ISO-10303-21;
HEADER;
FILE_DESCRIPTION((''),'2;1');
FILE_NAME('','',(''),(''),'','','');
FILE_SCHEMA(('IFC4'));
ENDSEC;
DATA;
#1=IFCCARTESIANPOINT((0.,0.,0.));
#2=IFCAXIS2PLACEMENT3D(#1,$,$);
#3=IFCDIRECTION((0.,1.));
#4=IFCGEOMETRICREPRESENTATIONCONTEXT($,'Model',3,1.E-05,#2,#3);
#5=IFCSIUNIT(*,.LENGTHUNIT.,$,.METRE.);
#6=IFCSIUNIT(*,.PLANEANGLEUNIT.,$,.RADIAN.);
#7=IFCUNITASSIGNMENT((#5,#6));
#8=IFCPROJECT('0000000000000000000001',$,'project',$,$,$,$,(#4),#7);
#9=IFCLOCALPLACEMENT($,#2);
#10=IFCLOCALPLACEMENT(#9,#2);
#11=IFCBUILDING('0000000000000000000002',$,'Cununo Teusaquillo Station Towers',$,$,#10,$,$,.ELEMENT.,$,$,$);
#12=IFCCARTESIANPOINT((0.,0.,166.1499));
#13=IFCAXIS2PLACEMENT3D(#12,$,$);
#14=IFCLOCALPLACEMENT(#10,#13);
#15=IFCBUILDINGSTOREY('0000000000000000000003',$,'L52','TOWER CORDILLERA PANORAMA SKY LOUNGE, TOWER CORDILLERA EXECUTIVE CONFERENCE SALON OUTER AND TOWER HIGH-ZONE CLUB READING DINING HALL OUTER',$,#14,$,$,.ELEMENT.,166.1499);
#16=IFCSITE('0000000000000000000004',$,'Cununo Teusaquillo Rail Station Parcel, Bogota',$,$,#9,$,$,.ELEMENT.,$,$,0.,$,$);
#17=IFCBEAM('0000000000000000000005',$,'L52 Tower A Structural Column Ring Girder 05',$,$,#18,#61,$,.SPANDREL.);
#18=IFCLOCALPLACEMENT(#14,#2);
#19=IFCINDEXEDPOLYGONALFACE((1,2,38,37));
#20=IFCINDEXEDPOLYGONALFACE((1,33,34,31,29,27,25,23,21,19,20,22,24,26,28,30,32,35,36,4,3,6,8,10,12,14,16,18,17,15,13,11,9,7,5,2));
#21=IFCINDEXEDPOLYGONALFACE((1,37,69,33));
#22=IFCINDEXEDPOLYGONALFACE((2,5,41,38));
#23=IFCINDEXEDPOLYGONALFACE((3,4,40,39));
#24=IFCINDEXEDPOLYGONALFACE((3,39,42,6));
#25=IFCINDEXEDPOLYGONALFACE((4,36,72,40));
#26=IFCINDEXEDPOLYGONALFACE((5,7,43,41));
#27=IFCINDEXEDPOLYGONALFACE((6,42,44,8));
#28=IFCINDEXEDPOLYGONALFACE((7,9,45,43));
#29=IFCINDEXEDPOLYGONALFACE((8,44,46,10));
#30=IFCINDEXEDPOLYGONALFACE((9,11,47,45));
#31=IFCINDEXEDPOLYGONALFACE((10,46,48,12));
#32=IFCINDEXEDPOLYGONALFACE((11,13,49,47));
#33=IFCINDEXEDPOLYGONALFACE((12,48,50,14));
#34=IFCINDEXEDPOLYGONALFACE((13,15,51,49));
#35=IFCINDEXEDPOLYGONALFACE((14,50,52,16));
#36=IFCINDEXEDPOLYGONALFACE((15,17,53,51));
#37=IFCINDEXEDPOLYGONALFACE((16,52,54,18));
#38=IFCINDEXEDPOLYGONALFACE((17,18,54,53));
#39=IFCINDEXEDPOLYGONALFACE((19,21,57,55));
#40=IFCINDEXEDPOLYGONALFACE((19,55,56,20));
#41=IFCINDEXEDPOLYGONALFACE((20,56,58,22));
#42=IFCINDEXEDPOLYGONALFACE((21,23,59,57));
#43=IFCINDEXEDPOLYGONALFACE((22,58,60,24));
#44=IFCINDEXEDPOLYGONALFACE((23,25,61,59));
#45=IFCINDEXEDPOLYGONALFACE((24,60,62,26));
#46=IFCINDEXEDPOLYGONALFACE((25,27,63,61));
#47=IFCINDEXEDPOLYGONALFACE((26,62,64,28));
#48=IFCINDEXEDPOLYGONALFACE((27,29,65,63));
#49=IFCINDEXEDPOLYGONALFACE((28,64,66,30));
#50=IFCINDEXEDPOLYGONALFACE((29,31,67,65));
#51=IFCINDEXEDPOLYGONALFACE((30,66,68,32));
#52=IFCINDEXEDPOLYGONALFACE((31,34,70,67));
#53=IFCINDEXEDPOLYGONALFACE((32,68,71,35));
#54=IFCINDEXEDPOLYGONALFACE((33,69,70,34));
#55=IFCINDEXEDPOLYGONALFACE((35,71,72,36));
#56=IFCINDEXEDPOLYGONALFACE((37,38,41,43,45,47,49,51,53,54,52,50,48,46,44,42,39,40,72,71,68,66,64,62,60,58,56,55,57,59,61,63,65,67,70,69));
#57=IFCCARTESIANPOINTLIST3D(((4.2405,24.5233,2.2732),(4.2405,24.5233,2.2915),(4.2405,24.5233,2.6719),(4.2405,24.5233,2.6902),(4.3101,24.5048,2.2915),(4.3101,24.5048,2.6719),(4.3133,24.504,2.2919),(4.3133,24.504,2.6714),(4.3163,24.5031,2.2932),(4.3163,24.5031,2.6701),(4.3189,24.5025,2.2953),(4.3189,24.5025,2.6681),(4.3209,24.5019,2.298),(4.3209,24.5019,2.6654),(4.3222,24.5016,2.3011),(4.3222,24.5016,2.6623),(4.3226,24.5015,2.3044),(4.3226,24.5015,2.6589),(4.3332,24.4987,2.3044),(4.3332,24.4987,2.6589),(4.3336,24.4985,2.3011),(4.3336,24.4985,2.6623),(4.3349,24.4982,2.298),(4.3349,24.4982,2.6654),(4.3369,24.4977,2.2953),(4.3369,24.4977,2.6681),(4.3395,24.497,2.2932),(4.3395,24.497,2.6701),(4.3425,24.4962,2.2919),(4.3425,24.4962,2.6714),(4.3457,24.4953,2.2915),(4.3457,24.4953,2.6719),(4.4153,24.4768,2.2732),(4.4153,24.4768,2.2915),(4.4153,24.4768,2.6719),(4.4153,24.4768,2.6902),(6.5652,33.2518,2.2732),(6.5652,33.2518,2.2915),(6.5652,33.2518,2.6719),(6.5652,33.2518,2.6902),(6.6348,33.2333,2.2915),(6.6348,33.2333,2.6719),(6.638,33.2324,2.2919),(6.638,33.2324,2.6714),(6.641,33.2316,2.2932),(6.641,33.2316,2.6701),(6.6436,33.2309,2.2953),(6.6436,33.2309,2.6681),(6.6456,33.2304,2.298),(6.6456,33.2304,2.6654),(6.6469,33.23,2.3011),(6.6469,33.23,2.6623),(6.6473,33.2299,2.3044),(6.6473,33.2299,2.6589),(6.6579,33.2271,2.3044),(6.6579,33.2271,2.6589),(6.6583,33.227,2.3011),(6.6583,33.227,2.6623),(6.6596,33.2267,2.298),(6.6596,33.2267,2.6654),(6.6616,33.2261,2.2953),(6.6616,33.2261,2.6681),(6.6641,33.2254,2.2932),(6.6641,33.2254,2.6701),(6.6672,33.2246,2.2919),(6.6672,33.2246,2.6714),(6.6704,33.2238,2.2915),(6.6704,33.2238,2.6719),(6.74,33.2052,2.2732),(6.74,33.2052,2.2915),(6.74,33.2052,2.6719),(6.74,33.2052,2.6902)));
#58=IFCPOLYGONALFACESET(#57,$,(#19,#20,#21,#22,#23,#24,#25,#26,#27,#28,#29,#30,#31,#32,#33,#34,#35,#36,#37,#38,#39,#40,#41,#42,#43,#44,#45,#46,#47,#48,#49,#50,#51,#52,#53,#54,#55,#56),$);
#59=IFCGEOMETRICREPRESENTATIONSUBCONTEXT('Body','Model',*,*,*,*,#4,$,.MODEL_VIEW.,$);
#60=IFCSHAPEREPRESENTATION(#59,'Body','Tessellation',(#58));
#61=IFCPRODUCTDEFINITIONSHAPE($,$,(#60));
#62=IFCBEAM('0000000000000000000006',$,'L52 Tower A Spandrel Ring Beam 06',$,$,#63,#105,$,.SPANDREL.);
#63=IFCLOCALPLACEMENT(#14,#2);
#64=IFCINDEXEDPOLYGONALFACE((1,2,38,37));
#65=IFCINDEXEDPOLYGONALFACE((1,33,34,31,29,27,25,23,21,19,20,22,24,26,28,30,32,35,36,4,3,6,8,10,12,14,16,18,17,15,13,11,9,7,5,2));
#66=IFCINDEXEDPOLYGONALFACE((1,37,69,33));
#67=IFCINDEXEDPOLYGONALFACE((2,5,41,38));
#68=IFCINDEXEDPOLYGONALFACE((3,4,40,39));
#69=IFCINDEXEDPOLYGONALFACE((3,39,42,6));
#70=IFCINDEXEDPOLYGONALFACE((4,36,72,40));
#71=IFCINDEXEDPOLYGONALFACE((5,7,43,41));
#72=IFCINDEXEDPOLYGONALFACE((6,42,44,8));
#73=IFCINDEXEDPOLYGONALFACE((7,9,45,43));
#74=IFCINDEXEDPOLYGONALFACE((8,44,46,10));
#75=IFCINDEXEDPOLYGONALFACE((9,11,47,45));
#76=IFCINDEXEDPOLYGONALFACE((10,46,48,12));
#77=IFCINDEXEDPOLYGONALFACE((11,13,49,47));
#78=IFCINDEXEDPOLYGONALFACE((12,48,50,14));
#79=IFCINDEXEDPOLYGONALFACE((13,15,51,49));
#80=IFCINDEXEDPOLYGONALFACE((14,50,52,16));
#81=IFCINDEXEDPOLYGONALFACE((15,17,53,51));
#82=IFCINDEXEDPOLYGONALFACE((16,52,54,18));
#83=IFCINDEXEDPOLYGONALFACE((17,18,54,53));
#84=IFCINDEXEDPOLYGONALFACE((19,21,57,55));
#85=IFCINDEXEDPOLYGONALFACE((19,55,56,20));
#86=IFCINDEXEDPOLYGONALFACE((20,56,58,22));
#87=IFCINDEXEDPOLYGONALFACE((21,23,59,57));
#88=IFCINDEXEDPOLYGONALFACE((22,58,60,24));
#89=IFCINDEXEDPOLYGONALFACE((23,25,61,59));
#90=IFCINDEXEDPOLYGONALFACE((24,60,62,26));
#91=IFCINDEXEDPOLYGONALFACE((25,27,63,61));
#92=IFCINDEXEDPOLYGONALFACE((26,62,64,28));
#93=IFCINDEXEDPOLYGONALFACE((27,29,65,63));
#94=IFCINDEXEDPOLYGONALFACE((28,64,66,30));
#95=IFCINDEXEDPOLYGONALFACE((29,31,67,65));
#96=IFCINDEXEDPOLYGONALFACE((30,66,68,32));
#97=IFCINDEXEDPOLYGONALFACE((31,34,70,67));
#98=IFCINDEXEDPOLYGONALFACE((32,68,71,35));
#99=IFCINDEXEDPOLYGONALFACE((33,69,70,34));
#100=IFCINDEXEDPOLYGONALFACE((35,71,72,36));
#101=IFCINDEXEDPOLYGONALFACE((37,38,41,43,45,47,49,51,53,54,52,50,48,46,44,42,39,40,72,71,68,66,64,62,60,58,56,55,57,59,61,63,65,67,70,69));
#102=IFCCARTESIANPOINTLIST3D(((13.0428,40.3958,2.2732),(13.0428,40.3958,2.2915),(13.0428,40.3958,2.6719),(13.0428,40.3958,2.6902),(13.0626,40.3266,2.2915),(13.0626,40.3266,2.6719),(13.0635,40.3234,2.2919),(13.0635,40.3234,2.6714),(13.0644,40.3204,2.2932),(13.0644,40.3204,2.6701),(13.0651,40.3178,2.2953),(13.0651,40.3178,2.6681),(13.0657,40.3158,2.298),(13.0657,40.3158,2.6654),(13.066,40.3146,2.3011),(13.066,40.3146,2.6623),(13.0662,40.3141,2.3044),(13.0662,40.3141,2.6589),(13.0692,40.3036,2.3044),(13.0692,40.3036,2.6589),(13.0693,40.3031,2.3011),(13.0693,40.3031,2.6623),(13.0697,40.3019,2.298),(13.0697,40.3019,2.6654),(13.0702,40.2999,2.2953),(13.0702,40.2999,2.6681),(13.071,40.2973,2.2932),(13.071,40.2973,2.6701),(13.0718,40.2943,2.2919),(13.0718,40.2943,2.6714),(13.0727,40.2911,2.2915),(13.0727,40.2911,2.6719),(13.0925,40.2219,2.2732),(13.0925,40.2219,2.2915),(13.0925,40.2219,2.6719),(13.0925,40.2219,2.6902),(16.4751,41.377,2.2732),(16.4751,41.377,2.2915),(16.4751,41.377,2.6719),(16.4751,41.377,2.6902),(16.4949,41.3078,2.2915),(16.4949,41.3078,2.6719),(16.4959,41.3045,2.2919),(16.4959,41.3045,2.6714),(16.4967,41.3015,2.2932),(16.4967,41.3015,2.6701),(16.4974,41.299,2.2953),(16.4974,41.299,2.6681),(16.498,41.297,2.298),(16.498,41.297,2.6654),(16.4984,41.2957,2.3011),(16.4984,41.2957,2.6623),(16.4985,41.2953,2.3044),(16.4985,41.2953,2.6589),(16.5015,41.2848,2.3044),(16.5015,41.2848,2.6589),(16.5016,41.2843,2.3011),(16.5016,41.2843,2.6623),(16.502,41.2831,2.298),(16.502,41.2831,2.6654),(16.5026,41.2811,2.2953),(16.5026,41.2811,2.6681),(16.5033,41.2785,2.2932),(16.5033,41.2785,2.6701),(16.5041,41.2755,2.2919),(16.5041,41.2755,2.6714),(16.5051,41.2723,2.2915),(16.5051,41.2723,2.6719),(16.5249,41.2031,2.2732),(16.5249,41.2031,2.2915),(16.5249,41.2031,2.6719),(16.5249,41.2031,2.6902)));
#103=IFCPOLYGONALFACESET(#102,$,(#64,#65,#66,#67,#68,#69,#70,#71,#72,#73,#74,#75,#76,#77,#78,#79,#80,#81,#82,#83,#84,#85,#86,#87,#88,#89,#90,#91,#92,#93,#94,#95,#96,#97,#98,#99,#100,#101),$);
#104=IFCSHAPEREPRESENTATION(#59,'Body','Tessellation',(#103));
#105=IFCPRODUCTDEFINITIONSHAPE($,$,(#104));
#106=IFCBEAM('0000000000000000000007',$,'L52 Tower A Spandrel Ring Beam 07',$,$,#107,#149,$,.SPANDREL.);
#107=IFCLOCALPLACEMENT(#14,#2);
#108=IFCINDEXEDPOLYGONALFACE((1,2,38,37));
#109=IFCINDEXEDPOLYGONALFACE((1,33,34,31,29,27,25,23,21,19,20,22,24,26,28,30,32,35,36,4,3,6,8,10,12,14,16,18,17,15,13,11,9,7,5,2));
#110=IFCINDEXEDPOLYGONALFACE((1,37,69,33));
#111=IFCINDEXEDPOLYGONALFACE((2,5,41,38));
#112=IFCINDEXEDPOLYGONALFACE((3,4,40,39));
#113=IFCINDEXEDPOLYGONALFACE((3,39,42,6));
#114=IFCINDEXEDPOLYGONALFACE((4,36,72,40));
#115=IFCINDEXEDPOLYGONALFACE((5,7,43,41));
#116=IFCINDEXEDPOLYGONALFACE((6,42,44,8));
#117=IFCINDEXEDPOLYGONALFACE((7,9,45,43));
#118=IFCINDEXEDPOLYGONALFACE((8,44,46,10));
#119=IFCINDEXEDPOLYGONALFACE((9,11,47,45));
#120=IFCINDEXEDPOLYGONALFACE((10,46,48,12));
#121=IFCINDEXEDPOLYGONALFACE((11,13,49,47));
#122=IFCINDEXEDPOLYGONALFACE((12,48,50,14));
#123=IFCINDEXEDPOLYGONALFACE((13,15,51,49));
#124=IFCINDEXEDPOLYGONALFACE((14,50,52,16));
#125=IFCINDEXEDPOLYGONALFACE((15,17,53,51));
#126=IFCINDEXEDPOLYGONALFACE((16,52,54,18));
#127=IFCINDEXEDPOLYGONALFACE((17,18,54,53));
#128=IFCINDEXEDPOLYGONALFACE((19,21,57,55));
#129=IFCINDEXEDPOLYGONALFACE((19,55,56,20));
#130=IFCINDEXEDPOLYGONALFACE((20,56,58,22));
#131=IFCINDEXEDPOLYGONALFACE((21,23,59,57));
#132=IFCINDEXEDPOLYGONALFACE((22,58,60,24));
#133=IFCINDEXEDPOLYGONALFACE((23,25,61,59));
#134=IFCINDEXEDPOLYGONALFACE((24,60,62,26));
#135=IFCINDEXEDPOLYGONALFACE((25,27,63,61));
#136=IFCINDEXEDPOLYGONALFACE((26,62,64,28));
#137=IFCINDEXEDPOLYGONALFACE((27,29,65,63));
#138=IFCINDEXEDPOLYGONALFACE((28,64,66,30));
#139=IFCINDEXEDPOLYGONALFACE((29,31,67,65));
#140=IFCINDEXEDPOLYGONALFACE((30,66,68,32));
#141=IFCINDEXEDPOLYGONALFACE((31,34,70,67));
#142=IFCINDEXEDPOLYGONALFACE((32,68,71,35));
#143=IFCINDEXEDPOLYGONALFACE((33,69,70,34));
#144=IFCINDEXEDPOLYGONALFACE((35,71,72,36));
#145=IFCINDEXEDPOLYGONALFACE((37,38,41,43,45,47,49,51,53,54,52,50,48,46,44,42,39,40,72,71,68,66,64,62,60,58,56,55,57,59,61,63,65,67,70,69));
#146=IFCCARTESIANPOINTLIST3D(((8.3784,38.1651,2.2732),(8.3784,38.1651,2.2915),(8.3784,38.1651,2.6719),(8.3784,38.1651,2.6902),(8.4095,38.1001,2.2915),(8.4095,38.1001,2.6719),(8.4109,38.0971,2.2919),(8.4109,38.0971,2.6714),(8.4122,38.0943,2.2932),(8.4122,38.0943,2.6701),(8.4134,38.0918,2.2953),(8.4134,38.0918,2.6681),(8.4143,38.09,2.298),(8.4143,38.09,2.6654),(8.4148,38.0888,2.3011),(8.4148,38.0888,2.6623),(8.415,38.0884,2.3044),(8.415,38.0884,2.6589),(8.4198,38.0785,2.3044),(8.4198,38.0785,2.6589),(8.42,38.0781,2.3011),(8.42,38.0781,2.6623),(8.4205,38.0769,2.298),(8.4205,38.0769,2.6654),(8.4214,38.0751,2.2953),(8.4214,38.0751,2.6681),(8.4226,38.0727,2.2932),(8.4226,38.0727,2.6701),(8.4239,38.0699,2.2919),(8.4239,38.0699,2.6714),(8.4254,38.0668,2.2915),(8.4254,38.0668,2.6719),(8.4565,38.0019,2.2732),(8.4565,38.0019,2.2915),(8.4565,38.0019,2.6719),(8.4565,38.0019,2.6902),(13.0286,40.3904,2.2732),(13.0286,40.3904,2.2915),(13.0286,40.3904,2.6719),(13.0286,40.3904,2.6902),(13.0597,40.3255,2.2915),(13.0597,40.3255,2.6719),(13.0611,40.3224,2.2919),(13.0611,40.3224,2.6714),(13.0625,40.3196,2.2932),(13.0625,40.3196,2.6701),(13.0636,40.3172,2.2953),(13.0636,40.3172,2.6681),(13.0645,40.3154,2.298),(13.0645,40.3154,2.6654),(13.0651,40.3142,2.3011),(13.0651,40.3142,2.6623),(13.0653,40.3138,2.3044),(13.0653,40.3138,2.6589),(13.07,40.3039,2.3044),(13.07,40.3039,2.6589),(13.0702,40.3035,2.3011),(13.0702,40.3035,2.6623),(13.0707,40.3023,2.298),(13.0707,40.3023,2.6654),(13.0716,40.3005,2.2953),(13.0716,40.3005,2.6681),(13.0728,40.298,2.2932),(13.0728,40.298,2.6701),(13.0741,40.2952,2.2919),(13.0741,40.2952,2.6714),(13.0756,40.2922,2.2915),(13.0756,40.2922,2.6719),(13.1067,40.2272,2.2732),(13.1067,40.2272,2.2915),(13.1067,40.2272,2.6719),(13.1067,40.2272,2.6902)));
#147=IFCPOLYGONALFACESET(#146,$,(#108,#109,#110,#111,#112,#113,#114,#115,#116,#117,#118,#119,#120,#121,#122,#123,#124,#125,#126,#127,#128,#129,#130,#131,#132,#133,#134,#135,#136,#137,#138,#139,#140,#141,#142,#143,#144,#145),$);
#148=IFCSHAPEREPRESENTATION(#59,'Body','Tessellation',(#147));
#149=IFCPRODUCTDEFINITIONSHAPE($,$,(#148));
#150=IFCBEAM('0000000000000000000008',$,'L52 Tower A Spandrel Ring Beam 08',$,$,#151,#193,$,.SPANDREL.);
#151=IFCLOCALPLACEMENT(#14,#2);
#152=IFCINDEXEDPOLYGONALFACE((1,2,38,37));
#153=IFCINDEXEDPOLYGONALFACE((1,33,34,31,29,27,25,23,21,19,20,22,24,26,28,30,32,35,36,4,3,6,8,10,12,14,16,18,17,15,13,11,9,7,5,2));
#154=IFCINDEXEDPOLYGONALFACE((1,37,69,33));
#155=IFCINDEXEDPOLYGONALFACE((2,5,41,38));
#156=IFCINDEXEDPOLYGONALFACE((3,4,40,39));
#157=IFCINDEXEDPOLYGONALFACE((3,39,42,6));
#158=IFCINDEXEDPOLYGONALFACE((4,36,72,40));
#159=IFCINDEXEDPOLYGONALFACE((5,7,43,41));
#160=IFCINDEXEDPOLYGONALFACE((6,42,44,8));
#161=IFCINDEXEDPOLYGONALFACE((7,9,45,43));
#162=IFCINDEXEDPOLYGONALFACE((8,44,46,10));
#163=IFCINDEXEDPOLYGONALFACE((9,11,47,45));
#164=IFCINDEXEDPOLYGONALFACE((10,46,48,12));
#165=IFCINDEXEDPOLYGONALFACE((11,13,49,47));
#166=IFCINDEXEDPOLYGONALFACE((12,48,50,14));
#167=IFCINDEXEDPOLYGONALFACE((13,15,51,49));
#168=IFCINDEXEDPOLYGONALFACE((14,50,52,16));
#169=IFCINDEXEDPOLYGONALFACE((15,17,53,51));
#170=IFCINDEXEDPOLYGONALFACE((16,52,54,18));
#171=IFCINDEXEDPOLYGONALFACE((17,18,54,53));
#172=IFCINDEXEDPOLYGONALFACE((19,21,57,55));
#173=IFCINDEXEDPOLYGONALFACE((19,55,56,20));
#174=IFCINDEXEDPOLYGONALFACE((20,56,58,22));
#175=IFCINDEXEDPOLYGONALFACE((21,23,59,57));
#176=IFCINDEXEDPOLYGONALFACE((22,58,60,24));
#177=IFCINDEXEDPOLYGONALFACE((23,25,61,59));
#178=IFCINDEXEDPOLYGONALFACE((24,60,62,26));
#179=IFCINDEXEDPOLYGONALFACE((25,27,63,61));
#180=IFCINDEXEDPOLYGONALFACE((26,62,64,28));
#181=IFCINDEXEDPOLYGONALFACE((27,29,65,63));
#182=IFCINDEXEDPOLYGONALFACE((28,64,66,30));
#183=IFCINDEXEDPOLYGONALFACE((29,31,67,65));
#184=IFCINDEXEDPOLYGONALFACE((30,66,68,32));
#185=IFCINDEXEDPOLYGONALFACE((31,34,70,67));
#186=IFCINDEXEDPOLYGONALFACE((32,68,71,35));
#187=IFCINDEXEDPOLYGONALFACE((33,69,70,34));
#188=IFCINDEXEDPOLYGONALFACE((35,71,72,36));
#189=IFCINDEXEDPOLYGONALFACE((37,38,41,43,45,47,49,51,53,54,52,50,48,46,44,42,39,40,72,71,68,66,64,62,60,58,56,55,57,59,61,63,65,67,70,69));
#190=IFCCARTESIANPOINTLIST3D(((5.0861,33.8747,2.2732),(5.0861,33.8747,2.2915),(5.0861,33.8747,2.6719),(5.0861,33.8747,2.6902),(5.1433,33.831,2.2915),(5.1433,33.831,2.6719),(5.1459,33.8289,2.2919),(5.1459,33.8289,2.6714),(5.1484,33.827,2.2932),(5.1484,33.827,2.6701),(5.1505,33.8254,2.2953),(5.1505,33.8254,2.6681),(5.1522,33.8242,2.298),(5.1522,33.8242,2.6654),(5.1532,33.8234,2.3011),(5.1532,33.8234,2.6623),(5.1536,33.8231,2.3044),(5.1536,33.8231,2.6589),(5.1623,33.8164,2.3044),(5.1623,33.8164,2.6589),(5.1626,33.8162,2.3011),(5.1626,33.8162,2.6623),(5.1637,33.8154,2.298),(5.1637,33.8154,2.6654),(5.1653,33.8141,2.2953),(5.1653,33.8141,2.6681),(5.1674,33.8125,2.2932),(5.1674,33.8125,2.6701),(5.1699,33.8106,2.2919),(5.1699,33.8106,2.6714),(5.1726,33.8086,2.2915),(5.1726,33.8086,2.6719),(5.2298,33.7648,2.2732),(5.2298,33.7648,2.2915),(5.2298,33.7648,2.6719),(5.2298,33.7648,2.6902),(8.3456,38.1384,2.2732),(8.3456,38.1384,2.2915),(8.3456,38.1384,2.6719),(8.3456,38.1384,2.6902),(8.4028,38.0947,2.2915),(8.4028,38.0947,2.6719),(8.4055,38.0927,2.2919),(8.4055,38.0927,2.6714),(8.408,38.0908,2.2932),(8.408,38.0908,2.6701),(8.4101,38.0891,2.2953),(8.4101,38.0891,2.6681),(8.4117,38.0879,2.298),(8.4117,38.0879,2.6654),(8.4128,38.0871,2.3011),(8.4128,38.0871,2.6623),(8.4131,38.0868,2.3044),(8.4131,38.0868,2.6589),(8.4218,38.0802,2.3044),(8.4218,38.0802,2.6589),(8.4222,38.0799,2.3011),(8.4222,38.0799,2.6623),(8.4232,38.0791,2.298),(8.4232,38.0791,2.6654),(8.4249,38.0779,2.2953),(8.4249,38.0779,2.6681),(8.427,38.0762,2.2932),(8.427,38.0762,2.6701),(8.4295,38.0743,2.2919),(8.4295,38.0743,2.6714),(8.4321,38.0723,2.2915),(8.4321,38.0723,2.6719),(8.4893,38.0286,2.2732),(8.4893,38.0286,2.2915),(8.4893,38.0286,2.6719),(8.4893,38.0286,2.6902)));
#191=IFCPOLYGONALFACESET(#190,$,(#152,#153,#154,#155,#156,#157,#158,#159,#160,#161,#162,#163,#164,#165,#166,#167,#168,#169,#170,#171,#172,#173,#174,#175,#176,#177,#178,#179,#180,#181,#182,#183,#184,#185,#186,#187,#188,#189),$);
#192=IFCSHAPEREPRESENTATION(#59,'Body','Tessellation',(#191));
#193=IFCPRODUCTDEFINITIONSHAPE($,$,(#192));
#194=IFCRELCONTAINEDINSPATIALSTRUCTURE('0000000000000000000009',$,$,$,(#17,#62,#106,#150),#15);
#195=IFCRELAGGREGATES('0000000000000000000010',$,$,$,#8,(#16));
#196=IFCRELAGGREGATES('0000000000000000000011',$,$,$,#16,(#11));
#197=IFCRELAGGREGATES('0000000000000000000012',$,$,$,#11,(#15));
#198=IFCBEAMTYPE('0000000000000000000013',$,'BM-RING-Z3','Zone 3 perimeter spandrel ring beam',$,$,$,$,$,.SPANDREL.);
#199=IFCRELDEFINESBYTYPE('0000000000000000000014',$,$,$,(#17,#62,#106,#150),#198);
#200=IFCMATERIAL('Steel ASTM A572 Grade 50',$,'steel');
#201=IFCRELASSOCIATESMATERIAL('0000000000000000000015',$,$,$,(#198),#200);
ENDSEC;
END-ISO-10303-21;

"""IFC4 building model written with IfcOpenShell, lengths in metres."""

from ifc_helpers import new_model, si_unit, direction, frame, origin, origin_2d, place, context, subcontext, project, spatial, i_section, extrude, material, material_profile, profile_set, type_object, element, save


model = new_model("IFC4")

# Units and contexts
model_context = context("Model", 3, precision=1e-05, world=origin(), true_north=direction((0.0, 1.0)))
body_context = subcontext(model_context, "Body", "Model", "MODEL_VIEW")
ifc_project = project(units=[si_unit("LENGTHUNIT", "METRE"), si_unit("PLANEANGLEUNIT", "RADIAN")], contexts=[model_context])

# Site, building, storey
site_placement = place(None, origin())
site = spatial("IfcSite", under=ifc_project, at=site_placement, Name="Cununo Teusaquillo Rail Station Parcel, Bogota", CompositionType="ELEMENT", RefElevation=0.0)
building_placement = place(site_placement, origin())
building = spatial("IfcBuilding", under=site, at=building_placement, Name="Cununo Teusaquillo Station Towers", CompositionType="ELEMENT")
storey_placement = place(building_placement, frame((0.0, 0.0, 166.1499)))
storey = spatial("IfcBuildingStorey", under=building, at=storey_placement, Name="L52", Description="TOWER CORDILLERA PANORAMA SKY LOUNGE, TOWER CORDILLERA EXECUTIVE CONFERENCE SALON OUTER AND TOWER HIGH-ZONE CLUB READING DINING HALL OUTER", CompositionType="ELEMENT", Elevation=166.1499)

# Beams
ifc_material_1 = material(Name="Steel ASTM A572 Grade 50", Category="steel")
ifc_material_profile_1 = material_profile(ifc_material_1, i_section(OverallWidth=0.1809, OverallDepth=0.417, WebThickness=0.011, FlangeThickness=0.0183, FilletRadius=0.0129, at=origin_2d()), Name="W16X57")
ifc_profile_set_1 = profile_set([ifc_material_profile_1], Name="Steel ASTM A572 Grade 50")
beam_type_1 = type_object("IfcBeamType", Name="BM-RING-Z3", Description="Zone 3 perimeter spandrel ring beam", PredefinedType="SPANDREL", material=ifc_profile_set_1)
beam_1_placement = place(storey_placement, frame((6.6526, 33.2285, 2.4817), z_axis=(-0.257363, -0.966315, 0.0), x_axis=(0.966315, -0.257363, 0.0)))
element("IfcBeam", 1, at=beam_1_placement, inside=storey, type_object=beam_type_1, Name="L52 Tower A Structural Column Ring Girder 05", PredefinedType="SPANDREL", context=body_context, shape_type="SweptSolid", body=[
    extrude(i_section(OverallWidth=0.1809, OverallDepth=0.417, WebThickness=0.011, FlangeThickness=0.0183, FilletRadius=0.0129, at=origin_2d()), origin(), (0.0, 0.0, 1.0), 9.0327),
])
beam_2_placement = place(storey_placement, frame((16.5, 41.29, 2.4817), z_axis=(-0.961485, -0.274857, 0.0), x_axis=(0.274857, -0.961485, 0.0)))
element("IfcBeam", 2, at=beam_2_placement, inside=storey, type_object=beam_type_1, Name="L52 Tower A Spandrel Ring Beam 06", PredefinedType="SPANDREL", context=body_context, shape_type="SweptSolid", body=[
    extrude(i_section(OverallWidth=0.1809, OverallDepth=0.417, WebThickness=0.011, FlangeThickness=0.0183, FilletRadius=0.0129, at=origin_2d()), origin(), (0.0, 0.0, 1.0), 3.5698),
])
beam_3_placement = place(storey_placement, frame((13.0676, 40.3088, 2.4817), z_axis=(-0.902032, -0.43167, 0.0), x_axis=(0.43167, -0.902032, 0.0)))
element("IfcBeam", 3, at=beam_3_placement, inside=storey, type_object=beam_type_1, Name="L52 Tower A Spandrel Ring Beam 07", PredefinedType="SPANDREL", context=body_context, shape_type="SweptSolid", body=[
    extrude(i_section(OverallWidth=0.1809, OverallDepth=0.417, WebThickness=0.011, FlangeThickness=0.0183, FilletRadius=0.0129, at=origin_2d()), origin(), (0.0, 0.0, 1.0), 5.1553),
])
beam_4_placement = place(storey_placement, frame((8.4175, 38.0835, 2.4817), z_axis=(-0.60734, -0.794442, 0.0), x_axis=(0.794442, -0.60734, 0.0)))
element("IfcBeam", 4, at=beam_4_placement, inside=storey, type_object=beam_type_1, Name="L52 Tower A Spandrel Ring Beam 08", PredefinedType="SPANDREL", context=body_context, shape_type="SweptSolid", body=[
    extrude(i_section(OverallWidth=0.1809, OverallDepth=0.417, WebThickness=0.011, FlangeThickness=0.0183, FilletRadius=0.0129, at=origin_2d()), origin(), (0.0, 0.0, 1.0), 5.3669),
])

save(model, "model.ifc")
